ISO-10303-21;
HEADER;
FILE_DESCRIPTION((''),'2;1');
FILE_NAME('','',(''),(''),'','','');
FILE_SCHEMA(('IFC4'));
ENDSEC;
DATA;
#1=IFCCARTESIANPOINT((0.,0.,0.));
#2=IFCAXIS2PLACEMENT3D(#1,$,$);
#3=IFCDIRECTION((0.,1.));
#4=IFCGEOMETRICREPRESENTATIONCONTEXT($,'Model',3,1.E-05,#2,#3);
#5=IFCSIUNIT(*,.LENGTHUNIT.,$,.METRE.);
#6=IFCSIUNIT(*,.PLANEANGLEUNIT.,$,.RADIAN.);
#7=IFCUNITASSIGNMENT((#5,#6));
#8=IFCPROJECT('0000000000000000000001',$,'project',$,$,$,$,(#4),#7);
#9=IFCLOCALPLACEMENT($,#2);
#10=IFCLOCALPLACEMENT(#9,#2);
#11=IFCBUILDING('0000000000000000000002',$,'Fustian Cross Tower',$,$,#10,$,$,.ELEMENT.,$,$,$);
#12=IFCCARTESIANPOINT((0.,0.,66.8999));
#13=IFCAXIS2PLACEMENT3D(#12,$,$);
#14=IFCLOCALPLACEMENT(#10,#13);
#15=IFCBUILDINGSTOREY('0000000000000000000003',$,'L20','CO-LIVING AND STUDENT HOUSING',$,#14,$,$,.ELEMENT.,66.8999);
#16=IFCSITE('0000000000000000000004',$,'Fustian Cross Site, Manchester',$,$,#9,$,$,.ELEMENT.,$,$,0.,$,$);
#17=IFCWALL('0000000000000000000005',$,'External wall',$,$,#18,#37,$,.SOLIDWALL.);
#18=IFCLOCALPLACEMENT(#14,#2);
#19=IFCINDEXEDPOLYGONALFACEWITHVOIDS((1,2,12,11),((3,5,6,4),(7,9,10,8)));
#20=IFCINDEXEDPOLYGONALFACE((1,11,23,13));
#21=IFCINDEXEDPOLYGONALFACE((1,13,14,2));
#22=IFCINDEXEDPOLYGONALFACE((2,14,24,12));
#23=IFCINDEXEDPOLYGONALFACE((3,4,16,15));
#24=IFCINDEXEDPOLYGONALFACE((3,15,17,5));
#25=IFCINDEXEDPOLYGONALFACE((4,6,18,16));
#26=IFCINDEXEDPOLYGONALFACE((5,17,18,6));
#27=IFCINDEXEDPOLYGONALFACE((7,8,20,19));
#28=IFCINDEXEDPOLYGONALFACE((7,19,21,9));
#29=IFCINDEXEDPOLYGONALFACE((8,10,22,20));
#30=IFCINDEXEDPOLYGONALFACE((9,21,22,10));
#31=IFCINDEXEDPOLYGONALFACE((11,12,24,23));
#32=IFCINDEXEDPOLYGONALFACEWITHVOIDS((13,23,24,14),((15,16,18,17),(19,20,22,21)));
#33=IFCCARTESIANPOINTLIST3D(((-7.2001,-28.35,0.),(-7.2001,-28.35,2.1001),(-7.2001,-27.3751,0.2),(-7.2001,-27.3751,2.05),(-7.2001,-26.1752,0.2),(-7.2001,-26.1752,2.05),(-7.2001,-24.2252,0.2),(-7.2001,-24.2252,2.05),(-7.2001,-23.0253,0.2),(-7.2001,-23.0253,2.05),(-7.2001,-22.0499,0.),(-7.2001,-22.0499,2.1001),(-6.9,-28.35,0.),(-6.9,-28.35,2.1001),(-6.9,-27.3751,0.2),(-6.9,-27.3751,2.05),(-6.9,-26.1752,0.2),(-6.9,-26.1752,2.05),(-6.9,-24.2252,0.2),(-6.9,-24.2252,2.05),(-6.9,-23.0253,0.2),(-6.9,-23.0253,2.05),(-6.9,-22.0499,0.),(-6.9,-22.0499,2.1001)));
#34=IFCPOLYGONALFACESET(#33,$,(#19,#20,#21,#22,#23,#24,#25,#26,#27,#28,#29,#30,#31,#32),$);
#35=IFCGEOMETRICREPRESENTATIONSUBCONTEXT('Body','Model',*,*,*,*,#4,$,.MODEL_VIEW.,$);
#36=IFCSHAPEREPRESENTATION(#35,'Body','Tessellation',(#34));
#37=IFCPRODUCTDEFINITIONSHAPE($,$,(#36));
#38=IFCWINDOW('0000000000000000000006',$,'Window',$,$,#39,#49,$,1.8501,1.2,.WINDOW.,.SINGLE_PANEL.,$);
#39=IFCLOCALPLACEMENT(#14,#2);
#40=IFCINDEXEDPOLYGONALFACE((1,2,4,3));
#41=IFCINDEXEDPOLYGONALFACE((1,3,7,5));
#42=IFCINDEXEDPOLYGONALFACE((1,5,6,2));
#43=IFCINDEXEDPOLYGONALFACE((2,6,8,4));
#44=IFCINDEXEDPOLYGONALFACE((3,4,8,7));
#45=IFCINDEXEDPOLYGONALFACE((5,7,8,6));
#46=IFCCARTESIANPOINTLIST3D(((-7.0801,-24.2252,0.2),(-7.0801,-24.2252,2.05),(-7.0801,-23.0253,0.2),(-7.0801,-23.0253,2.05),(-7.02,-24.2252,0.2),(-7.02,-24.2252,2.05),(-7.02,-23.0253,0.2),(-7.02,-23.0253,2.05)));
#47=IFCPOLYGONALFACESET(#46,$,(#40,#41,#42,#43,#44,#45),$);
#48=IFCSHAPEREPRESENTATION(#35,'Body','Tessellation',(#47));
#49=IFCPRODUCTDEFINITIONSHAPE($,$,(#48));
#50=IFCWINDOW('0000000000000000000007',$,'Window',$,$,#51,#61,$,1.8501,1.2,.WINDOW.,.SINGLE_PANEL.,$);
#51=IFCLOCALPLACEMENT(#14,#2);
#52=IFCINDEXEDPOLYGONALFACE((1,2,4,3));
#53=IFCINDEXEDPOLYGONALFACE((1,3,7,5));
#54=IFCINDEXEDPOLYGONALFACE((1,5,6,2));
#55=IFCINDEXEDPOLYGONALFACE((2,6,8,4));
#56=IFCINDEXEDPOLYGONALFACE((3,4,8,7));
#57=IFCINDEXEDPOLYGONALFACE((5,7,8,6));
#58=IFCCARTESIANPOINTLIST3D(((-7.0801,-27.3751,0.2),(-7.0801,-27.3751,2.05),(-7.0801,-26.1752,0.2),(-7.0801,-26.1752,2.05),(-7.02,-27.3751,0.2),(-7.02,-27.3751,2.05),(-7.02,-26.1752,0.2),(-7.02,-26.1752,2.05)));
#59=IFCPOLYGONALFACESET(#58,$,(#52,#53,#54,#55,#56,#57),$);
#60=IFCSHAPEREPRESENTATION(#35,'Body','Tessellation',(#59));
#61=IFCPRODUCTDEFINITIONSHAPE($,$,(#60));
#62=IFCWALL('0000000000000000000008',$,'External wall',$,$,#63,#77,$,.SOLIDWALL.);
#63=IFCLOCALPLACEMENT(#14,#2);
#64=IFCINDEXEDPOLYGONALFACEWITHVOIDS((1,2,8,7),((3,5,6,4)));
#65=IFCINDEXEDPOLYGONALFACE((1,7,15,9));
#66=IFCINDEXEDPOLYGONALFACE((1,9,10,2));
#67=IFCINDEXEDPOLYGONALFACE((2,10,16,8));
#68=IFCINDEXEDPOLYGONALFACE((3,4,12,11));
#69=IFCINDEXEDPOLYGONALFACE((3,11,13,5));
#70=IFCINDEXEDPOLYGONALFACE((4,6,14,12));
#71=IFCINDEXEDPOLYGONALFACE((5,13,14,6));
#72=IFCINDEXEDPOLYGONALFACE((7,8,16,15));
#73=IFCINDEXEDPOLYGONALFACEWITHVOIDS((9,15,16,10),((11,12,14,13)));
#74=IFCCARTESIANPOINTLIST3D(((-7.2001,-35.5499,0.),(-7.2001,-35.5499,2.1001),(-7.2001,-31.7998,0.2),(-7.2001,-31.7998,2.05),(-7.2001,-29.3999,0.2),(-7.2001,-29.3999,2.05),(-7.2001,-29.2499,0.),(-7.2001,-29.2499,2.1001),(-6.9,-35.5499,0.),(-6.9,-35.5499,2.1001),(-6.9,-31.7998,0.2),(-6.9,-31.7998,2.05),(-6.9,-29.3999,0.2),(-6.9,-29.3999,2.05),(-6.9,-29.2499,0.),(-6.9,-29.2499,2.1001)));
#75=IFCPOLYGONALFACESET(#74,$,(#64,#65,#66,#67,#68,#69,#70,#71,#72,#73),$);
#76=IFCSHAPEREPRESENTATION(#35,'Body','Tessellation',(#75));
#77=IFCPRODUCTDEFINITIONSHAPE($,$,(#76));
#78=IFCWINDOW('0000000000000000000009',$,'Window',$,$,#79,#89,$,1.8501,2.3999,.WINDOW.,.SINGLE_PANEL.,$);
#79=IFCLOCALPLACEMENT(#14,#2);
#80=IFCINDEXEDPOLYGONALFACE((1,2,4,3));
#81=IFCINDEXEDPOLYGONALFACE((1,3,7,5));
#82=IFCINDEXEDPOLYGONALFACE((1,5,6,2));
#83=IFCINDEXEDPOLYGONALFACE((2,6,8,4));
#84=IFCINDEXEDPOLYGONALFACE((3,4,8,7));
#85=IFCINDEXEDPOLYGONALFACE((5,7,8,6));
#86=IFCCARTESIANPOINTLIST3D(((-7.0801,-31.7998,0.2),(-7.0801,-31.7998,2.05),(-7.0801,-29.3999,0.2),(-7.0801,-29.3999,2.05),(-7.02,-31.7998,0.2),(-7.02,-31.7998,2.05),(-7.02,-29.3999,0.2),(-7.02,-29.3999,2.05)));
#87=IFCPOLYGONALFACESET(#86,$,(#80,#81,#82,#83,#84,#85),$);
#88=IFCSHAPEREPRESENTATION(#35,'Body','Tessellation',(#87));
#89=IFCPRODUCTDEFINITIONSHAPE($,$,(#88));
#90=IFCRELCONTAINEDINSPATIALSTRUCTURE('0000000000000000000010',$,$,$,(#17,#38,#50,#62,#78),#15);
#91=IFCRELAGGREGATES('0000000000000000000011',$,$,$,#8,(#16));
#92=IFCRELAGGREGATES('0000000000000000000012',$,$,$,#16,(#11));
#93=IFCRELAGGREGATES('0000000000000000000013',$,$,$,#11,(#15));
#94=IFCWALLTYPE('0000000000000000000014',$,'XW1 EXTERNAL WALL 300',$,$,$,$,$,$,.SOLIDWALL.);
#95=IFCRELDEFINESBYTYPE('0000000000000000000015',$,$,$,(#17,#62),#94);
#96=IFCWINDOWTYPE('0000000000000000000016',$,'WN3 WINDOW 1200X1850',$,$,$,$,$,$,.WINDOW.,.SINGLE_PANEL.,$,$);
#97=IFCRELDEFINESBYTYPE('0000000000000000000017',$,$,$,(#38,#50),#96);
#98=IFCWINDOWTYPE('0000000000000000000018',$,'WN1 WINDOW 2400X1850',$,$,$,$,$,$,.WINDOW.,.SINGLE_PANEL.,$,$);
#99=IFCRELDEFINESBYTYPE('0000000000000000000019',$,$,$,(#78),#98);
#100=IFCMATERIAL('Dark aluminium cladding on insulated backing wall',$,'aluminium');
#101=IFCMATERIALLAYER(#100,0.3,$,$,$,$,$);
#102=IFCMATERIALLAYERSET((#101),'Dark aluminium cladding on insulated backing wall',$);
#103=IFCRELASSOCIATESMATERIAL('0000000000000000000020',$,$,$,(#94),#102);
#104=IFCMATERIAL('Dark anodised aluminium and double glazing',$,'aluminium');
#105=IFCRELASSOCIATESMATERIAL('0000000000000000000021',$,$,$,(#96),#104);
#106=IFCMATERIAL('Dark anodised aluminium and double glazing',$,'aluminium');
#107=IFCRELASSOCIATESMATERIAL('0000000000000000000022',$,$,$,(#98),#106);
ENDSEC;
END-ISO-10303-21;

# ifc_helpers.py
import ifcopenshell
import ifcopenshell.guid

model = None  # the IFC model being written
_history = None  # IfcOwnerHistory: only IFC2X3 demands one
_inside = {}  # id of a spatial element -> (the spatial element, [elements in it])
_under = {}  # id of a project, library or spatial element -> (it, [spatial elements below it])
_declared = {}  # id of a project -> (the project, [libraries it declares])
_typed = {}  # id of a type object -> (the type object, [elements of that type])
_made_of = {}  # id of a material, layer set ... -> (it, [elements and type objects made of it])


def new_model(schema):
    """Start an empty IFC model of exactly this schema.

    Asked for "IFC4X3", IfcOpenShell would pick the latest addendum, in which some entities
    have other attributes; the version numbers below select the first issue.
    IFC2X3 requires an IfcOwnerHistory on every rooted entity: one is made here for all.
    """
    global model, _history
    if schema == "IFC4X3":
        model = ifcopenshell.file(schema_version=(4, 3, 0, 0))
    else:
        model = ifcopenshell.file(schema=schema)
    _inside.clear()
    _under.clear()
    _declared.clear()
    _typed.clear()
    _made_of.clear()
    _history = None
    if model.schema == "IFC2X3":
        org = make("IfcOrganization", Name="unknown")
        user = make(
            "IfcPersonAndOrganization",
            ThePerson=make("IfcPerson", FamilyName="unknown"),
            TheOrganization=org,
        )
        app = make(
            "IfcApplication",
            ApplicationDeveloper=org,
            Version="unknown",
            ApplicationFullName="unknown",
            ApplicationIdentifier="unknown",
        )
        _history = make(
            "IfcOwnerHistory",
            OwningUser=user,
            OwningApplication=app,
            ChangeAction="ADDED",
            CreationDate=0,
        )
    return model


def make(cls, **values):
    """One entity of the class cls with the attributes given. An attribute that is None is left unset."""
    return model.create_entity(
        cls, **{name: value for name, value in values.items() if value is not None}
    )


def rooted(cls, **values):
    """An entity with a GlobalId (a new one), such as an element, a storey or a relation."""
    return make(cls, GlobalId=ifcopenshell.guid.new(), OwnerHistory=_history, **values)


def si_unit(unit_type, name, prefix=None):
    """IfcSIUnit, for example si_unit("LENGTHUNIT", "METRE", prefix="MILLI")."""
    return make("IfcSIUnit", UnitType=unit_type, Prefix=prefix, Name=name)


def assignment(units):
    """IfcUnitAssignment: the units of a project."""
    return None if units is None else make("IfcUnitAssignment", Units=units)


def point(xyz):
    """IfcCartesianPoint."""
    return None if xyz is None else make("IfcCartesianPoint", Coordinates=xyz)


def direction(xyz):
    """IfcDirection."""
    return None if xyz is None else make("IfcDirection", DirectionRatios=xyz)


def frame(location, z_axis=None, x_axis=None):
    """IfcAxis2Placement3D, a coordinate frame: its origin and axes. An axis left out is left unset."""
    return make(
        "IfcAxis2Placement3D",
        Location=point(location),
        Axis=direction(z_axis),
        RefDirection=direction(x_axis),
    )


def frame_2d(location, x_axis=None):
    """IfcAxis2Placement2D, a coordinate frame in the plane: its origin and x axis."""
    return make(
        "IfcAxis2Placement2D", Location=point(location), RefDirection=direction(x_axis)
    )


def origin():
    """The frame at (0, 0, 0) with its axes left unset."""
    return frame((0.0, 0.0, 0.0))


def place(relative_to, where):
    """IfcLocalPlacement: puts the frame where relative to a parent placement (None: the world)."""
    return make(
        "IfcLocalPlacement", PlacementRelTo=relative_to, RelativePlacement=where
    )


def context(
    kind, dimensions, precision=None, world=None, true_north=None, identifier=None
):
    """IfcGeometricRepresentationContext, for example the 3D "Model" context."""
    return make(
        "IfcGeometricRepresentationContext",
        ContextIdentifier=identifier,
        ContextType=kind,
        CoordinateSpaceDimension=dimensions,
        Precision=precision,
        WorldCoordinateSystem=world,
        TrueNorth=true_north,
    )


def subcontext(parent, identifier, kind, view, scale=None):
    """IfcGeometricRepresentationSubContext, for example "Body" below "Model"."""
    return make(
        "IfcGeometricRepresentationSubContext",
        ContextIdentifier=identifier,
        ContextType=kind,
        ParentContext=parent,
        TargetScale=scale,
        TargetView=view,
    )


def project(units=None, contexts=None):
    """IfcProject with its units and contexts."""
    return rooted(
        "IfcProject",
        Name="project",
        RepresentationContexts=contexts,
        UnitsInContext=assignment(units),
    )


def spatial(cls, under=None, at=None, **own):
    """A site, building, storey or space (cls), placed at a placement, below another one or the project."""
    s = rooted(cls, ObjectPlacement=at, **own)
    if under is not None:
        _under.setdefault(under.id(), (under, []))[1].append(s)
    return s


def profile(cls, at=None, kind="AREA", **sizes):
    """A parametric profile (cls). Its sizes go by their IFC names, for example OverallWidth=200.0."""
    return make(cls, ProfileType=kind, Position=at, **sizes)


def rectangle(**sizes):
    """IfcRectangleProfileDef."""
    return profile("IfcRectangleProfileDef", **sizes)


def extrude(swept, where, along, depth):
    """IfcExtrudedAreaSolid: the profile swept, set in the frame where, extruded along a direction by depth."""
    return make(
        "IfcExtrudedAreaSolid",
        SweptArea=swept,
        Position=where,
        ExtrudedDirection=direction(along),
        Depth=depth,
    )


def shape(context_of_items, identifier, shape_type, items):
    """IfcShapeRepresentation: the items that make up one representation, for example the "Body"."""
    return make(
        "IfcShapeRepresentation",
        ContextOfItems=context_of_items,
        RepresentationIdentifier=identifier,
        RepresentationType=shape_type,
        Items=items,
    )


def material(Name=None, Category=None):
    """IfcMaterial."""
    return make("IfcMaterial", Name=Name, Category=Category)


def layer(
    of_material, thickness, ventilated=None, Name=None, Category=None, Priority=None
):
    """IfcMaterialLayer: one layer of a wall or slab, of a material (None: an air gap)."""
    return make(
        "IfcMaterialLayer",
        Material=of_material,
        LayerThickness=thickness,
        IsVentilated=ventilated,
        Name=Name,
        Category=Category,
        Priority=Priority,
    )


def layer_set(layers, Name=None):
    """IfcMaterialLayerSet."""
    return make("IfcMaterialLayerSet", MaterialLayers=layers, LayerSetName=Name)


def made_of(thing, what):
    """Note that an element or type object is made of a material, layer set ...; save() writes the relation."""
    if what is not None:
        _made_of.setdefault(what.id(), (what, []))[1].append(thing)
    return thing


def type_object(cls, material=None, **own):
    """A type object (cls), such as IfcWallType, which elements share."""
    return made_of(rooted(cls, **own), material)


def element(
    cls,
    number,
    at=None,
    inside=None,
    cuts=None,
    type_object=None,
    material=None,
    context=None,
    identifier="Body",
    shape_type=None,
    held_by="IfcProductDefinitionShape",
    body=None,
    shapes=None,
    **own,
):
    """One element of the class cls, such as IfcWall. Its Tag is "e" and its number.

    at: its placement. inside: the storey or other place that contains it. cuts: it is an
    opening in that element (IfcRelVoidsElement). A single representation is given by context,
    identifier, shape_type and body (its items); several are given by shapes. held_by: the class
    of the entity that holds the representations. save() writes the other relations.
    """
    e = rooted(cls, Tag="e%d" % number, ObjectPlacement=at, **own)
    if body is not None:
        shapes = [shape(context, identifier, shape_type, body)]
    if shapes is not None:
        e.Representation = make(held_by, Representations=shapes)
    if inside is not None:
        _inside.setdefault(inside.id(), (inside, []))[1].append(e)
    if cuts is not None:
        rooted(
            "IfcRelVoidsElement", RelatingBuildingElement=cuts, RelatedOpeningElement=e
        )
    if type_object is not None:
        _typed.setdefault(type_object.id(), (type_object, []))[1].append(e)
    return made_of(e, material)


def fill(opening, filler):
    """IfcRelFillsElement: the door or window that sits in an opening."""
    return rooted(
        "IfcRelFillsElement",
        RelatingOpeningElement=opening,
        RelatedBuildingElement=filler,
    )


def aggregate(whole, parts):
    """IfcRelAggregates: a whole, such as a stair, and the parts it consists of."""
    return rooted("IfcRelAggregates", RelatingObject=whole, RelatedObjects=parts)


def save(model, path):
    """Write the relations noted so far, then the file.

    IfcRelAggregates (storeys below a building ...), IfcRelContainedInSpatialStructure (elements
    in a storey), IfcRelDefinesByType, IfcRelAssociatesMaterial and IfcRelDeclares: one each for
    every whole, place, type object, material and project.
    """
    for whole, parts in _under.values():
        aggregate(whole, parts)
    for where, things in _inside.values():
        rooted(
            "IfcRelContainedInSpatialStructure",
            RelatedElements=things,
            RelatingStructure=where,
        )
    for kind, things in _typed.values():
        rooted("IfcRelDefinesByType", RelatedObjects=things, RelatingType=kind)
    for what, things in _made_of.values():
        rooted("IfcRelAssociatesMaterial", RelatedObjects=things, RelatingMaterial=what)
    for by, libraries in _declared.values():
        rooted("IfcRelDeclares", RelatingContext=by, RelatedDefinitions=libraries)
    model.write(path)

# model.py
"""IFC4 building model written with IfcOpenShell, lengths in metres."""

from ifc_helpers import new_model, si_unit, direction, frame, frame_2d, origin, place, context, subcontext, project, spatial, rectangle, extrude, material, layer, layer_set, type_object, element, fill, save


model = new_model("IFC4")

# Units and contexts
model_context = context("Model", 3, precision=1e-05, world=origin(), true_north=direction((0.0, 1.0)))
body_context = subcontext(model_context, "Body", "Model", "MODEL_VIEW")
ifc_project = project(units=[si_unit("LENGTHUNIT", "METRE"), si_unit("PLANEANGLEUNIT", "RADIAN")], contexts=[model_context])

# Site, building, storey
site_placement = place(None, origin())
site = spatial("IfcSite", under=ifc_project, at=site_placement, Name="Fustian Cross Site, Manchester", CompositionType="ELEMENT", RefElevation=0.0)
building_placement = place(site_placement, origin())
building = spatial("IfcBuilding", under=site, at=building_placement, Name="Fustian Cross Tower", CompositionType="ELEMENT")
storey_placement = place(building_placement, frame((0.0, 0.0, 66.8999)))
storey = spatial("IfcBuildingStorey", under=building, at=storey_placement, Name="L20", Description="CO-LIVING AND STUDENT HOUSING", CompositionType="ELEMENT", Elevation=66.8999)

# Wall, openings, windows
ifc_material_1 = material(Name="Dark aluminium cladding on insulated backing wall", Category="aluminium")
ifc_layer_1 = layer(ifc_material_1, 0.3)
ifc_layer_set_1 = layer_set([ifc_layer_1], Name="Dark aluminium cladding on insulated backing wall")
wall_type_1 = type_object("IfcWallType", Name="XW1 EXTERNAL WALL 300", PredefinedType="SOLIDWALL", material=ifc_layer_set_1)
wall_1_placement = place(storey_placement, frame((-7.05, -22.05, 0.0), z_axis=(0.0, 0.0, 1.0), x_axis=(0.0, -1.0, 0.0)))
wall_1 = element("IfcWall", 1, at=wall_1_placement, inside=storey, type_object=wall_type_1, Name="External wall", PredefinedType="SOLIDWALL", context=body_context, shape_type="SweptSolid", body=[
    extrude(rectangle(XDim=6.3, YDim=0.3, at=frame_2d((3.1499, 0.0))), origin(), (0.0, 0.0, 1.0), 2.1001),
])
opening_1_placement = place(wall_1_placement, frame((0.9751, 0.0, 0.2)))
opening_1 = element("IfcOpeningElement", 2, at=opening_1_placement, cuts=wall_1, PredefinedType="OPENING", context=body_context, shape_type="SweptSolid", body=[
    extrude(rectangle(XDim=1.2, YDim=1.8501, at=frame_2d((0.6001, 0.925))), frame((0.0, 0.1599, 0.0), z_axis=(0.0, -1.0, 0.0), x_axis=(1.0, 0.0, 0.0)), (0.0, 0.0, 1.0), 0.3201),
])
opening_2_placement = place(wall_1_placement, frame((4.125, 0.0, 0.2)))
opening_2 = element("IfcOpeningElement", 3, at=opening_2_placement, cuts=wall_1, PredefinedType="OPENING", context=body_context, shape_type="SweptSolid", body=[
    extrude(rectangle(XDim=1.2, YDim=1.8501, at=frame_2d((0.6001, 0.925))), frame((0.0, 0.1599, 0.0), z_axis=(0.0, -1.0, 0.0), x_axis=(1.0, 0.0, 0.0)), (0.0, 0.0, 1.0), 0.3201),
])
ifc_material_2 = material(Name="Dark anodised aluminium and double glazing", Category="aluminium")
window_type_1 = type_object("IfcWindowType", Name="WN3 WINDOW 1200X1850", PartitioningType="SINGLE_PANEL", PredefinedType="WINDOW", material=ifc_material_2)
window_1_placement = place(opening_1_placement, origin())
window_1 = element("IfcWindow", 4, at=window_1_placement, inside=storey, type_object=window_type_1, Name="Window", OverallHeight=1.8501, OverallWidth=1.2, PartitioningType="SINGLE_PANEL", PredefinedType="WINDOW", context=body_context, shape_type="SweptSolid", body=[
    extrude(rectangle(XDim=1.2, YDim=1.8501, at=frame_2d((0.6001, 0.925))), frame((0.0, 0.03, 0.0), z_axis=(0.0, -1.0, 0.0), x_axis=(1.0, 0.0, 0.0)), (0.0, 0.0, 1.0), 0.0601),
])
fill(opening_1, window_1)
window_2_placement = place(opening_2_placement, origin())
window_2 = element("IfcWindow", 5, at=window_2_placement, inside=storey, type_object=window_type_1, Name="Window", OverallHeight=1.8501, OverallWidth=1.2, PartitioningType="SINGLE_PANEL", PredefinedType="WINDOW", context=body_context, shape_type="SweptSolid", body=[
    extrude(rectangle(XDim=1.2, YDim=1.8501, at=frame_2d((0.6001, 0.925))), frame((0.0, 0.03, 0.0), z_axis=(0.0, -1.0, 0.0), x_axis=(1.0, 0.0, 0.0)), (0.0, 0.0, 1.0), 0.0601),
])
fill(opening_2, window_2)

# Wall, opening, window
wall_2_placement = place(storey_placement, frame((-7.05, -29.25, 0.0), z_axis=(0.0, 0.0, 1.0), x_axis=(0.0, -1.0, 0.0)))
wall_2 = element("IfcWall", 6, at=wall_2_placement, inside=storey, type_object=wall_type_1, Name="External wall", PredefinedType="SOLIDWALL", context=body_context, shape_type="SweptSolid", body=[
    extrude(rectangle(XDim=6.3, YDim=0.3, at=frame_2d((3.1499, 0.0))), origin(), (0.0, 0.0, 1.0), 2.1001),
])
opening_3_placement = place(wall_2_placement, frame((0.1499, 0.0, 0.2)))
opening_3 = element("IfcOpeningElement", 7, at=opening_3_placement, cuts=wall_2, PredefinedType="OPENING", context=body_context, shape_type="SweptSolid", body=[
    extrude(rectangle(XDim=2.3999, YDim=1.8501, at=frame_2d((1.2, 0.925))), frame((0.0, 0.1599, 0.0), z_axis=(0.0, -1.0, 0.0), x_axis=(1.0, 0.0, 0.0)), (0.0, 0.0, 1.0), 0.3201),
])
ifc_material_3 = material(Name="Dark anodised aluminium and double glazing", Category="aluminium")
window_type_2 = type_object("IfcWindowType", Name="WN1 WINDOW 2400X1850", PartitioningType="SINGLE_PANEL", PredefinedType="WINDOW", material=ifc_material_3)
window_3_placement = place(opening_3_placement, origin())
window_3 = element("IfcWindow", 8, at=window_3_placement, inside=storey, type_object=window_type_2, Name="Window", OverallHeight=1.8501, OverallWidth=2.3999, PartitioningType="SINGLE_PANEL", PredefinedType="WINDOW", context=body_context, shape_type="SweptSolid", body=[
    extrude(rectangle(XDim=2.3999, YDim=1.8501, at=frame_2d((1.2, 0.925))), frame((0.0, 0.03, 0.0), z_axis=(0.0, -1.0, 0.0), x_axis=(1.0, 0.0, 0.0)), (0.0, 0.0, 1.0), 0.0601),
])
fill(opening_3, window_3)

save(model, "model.ifc")
